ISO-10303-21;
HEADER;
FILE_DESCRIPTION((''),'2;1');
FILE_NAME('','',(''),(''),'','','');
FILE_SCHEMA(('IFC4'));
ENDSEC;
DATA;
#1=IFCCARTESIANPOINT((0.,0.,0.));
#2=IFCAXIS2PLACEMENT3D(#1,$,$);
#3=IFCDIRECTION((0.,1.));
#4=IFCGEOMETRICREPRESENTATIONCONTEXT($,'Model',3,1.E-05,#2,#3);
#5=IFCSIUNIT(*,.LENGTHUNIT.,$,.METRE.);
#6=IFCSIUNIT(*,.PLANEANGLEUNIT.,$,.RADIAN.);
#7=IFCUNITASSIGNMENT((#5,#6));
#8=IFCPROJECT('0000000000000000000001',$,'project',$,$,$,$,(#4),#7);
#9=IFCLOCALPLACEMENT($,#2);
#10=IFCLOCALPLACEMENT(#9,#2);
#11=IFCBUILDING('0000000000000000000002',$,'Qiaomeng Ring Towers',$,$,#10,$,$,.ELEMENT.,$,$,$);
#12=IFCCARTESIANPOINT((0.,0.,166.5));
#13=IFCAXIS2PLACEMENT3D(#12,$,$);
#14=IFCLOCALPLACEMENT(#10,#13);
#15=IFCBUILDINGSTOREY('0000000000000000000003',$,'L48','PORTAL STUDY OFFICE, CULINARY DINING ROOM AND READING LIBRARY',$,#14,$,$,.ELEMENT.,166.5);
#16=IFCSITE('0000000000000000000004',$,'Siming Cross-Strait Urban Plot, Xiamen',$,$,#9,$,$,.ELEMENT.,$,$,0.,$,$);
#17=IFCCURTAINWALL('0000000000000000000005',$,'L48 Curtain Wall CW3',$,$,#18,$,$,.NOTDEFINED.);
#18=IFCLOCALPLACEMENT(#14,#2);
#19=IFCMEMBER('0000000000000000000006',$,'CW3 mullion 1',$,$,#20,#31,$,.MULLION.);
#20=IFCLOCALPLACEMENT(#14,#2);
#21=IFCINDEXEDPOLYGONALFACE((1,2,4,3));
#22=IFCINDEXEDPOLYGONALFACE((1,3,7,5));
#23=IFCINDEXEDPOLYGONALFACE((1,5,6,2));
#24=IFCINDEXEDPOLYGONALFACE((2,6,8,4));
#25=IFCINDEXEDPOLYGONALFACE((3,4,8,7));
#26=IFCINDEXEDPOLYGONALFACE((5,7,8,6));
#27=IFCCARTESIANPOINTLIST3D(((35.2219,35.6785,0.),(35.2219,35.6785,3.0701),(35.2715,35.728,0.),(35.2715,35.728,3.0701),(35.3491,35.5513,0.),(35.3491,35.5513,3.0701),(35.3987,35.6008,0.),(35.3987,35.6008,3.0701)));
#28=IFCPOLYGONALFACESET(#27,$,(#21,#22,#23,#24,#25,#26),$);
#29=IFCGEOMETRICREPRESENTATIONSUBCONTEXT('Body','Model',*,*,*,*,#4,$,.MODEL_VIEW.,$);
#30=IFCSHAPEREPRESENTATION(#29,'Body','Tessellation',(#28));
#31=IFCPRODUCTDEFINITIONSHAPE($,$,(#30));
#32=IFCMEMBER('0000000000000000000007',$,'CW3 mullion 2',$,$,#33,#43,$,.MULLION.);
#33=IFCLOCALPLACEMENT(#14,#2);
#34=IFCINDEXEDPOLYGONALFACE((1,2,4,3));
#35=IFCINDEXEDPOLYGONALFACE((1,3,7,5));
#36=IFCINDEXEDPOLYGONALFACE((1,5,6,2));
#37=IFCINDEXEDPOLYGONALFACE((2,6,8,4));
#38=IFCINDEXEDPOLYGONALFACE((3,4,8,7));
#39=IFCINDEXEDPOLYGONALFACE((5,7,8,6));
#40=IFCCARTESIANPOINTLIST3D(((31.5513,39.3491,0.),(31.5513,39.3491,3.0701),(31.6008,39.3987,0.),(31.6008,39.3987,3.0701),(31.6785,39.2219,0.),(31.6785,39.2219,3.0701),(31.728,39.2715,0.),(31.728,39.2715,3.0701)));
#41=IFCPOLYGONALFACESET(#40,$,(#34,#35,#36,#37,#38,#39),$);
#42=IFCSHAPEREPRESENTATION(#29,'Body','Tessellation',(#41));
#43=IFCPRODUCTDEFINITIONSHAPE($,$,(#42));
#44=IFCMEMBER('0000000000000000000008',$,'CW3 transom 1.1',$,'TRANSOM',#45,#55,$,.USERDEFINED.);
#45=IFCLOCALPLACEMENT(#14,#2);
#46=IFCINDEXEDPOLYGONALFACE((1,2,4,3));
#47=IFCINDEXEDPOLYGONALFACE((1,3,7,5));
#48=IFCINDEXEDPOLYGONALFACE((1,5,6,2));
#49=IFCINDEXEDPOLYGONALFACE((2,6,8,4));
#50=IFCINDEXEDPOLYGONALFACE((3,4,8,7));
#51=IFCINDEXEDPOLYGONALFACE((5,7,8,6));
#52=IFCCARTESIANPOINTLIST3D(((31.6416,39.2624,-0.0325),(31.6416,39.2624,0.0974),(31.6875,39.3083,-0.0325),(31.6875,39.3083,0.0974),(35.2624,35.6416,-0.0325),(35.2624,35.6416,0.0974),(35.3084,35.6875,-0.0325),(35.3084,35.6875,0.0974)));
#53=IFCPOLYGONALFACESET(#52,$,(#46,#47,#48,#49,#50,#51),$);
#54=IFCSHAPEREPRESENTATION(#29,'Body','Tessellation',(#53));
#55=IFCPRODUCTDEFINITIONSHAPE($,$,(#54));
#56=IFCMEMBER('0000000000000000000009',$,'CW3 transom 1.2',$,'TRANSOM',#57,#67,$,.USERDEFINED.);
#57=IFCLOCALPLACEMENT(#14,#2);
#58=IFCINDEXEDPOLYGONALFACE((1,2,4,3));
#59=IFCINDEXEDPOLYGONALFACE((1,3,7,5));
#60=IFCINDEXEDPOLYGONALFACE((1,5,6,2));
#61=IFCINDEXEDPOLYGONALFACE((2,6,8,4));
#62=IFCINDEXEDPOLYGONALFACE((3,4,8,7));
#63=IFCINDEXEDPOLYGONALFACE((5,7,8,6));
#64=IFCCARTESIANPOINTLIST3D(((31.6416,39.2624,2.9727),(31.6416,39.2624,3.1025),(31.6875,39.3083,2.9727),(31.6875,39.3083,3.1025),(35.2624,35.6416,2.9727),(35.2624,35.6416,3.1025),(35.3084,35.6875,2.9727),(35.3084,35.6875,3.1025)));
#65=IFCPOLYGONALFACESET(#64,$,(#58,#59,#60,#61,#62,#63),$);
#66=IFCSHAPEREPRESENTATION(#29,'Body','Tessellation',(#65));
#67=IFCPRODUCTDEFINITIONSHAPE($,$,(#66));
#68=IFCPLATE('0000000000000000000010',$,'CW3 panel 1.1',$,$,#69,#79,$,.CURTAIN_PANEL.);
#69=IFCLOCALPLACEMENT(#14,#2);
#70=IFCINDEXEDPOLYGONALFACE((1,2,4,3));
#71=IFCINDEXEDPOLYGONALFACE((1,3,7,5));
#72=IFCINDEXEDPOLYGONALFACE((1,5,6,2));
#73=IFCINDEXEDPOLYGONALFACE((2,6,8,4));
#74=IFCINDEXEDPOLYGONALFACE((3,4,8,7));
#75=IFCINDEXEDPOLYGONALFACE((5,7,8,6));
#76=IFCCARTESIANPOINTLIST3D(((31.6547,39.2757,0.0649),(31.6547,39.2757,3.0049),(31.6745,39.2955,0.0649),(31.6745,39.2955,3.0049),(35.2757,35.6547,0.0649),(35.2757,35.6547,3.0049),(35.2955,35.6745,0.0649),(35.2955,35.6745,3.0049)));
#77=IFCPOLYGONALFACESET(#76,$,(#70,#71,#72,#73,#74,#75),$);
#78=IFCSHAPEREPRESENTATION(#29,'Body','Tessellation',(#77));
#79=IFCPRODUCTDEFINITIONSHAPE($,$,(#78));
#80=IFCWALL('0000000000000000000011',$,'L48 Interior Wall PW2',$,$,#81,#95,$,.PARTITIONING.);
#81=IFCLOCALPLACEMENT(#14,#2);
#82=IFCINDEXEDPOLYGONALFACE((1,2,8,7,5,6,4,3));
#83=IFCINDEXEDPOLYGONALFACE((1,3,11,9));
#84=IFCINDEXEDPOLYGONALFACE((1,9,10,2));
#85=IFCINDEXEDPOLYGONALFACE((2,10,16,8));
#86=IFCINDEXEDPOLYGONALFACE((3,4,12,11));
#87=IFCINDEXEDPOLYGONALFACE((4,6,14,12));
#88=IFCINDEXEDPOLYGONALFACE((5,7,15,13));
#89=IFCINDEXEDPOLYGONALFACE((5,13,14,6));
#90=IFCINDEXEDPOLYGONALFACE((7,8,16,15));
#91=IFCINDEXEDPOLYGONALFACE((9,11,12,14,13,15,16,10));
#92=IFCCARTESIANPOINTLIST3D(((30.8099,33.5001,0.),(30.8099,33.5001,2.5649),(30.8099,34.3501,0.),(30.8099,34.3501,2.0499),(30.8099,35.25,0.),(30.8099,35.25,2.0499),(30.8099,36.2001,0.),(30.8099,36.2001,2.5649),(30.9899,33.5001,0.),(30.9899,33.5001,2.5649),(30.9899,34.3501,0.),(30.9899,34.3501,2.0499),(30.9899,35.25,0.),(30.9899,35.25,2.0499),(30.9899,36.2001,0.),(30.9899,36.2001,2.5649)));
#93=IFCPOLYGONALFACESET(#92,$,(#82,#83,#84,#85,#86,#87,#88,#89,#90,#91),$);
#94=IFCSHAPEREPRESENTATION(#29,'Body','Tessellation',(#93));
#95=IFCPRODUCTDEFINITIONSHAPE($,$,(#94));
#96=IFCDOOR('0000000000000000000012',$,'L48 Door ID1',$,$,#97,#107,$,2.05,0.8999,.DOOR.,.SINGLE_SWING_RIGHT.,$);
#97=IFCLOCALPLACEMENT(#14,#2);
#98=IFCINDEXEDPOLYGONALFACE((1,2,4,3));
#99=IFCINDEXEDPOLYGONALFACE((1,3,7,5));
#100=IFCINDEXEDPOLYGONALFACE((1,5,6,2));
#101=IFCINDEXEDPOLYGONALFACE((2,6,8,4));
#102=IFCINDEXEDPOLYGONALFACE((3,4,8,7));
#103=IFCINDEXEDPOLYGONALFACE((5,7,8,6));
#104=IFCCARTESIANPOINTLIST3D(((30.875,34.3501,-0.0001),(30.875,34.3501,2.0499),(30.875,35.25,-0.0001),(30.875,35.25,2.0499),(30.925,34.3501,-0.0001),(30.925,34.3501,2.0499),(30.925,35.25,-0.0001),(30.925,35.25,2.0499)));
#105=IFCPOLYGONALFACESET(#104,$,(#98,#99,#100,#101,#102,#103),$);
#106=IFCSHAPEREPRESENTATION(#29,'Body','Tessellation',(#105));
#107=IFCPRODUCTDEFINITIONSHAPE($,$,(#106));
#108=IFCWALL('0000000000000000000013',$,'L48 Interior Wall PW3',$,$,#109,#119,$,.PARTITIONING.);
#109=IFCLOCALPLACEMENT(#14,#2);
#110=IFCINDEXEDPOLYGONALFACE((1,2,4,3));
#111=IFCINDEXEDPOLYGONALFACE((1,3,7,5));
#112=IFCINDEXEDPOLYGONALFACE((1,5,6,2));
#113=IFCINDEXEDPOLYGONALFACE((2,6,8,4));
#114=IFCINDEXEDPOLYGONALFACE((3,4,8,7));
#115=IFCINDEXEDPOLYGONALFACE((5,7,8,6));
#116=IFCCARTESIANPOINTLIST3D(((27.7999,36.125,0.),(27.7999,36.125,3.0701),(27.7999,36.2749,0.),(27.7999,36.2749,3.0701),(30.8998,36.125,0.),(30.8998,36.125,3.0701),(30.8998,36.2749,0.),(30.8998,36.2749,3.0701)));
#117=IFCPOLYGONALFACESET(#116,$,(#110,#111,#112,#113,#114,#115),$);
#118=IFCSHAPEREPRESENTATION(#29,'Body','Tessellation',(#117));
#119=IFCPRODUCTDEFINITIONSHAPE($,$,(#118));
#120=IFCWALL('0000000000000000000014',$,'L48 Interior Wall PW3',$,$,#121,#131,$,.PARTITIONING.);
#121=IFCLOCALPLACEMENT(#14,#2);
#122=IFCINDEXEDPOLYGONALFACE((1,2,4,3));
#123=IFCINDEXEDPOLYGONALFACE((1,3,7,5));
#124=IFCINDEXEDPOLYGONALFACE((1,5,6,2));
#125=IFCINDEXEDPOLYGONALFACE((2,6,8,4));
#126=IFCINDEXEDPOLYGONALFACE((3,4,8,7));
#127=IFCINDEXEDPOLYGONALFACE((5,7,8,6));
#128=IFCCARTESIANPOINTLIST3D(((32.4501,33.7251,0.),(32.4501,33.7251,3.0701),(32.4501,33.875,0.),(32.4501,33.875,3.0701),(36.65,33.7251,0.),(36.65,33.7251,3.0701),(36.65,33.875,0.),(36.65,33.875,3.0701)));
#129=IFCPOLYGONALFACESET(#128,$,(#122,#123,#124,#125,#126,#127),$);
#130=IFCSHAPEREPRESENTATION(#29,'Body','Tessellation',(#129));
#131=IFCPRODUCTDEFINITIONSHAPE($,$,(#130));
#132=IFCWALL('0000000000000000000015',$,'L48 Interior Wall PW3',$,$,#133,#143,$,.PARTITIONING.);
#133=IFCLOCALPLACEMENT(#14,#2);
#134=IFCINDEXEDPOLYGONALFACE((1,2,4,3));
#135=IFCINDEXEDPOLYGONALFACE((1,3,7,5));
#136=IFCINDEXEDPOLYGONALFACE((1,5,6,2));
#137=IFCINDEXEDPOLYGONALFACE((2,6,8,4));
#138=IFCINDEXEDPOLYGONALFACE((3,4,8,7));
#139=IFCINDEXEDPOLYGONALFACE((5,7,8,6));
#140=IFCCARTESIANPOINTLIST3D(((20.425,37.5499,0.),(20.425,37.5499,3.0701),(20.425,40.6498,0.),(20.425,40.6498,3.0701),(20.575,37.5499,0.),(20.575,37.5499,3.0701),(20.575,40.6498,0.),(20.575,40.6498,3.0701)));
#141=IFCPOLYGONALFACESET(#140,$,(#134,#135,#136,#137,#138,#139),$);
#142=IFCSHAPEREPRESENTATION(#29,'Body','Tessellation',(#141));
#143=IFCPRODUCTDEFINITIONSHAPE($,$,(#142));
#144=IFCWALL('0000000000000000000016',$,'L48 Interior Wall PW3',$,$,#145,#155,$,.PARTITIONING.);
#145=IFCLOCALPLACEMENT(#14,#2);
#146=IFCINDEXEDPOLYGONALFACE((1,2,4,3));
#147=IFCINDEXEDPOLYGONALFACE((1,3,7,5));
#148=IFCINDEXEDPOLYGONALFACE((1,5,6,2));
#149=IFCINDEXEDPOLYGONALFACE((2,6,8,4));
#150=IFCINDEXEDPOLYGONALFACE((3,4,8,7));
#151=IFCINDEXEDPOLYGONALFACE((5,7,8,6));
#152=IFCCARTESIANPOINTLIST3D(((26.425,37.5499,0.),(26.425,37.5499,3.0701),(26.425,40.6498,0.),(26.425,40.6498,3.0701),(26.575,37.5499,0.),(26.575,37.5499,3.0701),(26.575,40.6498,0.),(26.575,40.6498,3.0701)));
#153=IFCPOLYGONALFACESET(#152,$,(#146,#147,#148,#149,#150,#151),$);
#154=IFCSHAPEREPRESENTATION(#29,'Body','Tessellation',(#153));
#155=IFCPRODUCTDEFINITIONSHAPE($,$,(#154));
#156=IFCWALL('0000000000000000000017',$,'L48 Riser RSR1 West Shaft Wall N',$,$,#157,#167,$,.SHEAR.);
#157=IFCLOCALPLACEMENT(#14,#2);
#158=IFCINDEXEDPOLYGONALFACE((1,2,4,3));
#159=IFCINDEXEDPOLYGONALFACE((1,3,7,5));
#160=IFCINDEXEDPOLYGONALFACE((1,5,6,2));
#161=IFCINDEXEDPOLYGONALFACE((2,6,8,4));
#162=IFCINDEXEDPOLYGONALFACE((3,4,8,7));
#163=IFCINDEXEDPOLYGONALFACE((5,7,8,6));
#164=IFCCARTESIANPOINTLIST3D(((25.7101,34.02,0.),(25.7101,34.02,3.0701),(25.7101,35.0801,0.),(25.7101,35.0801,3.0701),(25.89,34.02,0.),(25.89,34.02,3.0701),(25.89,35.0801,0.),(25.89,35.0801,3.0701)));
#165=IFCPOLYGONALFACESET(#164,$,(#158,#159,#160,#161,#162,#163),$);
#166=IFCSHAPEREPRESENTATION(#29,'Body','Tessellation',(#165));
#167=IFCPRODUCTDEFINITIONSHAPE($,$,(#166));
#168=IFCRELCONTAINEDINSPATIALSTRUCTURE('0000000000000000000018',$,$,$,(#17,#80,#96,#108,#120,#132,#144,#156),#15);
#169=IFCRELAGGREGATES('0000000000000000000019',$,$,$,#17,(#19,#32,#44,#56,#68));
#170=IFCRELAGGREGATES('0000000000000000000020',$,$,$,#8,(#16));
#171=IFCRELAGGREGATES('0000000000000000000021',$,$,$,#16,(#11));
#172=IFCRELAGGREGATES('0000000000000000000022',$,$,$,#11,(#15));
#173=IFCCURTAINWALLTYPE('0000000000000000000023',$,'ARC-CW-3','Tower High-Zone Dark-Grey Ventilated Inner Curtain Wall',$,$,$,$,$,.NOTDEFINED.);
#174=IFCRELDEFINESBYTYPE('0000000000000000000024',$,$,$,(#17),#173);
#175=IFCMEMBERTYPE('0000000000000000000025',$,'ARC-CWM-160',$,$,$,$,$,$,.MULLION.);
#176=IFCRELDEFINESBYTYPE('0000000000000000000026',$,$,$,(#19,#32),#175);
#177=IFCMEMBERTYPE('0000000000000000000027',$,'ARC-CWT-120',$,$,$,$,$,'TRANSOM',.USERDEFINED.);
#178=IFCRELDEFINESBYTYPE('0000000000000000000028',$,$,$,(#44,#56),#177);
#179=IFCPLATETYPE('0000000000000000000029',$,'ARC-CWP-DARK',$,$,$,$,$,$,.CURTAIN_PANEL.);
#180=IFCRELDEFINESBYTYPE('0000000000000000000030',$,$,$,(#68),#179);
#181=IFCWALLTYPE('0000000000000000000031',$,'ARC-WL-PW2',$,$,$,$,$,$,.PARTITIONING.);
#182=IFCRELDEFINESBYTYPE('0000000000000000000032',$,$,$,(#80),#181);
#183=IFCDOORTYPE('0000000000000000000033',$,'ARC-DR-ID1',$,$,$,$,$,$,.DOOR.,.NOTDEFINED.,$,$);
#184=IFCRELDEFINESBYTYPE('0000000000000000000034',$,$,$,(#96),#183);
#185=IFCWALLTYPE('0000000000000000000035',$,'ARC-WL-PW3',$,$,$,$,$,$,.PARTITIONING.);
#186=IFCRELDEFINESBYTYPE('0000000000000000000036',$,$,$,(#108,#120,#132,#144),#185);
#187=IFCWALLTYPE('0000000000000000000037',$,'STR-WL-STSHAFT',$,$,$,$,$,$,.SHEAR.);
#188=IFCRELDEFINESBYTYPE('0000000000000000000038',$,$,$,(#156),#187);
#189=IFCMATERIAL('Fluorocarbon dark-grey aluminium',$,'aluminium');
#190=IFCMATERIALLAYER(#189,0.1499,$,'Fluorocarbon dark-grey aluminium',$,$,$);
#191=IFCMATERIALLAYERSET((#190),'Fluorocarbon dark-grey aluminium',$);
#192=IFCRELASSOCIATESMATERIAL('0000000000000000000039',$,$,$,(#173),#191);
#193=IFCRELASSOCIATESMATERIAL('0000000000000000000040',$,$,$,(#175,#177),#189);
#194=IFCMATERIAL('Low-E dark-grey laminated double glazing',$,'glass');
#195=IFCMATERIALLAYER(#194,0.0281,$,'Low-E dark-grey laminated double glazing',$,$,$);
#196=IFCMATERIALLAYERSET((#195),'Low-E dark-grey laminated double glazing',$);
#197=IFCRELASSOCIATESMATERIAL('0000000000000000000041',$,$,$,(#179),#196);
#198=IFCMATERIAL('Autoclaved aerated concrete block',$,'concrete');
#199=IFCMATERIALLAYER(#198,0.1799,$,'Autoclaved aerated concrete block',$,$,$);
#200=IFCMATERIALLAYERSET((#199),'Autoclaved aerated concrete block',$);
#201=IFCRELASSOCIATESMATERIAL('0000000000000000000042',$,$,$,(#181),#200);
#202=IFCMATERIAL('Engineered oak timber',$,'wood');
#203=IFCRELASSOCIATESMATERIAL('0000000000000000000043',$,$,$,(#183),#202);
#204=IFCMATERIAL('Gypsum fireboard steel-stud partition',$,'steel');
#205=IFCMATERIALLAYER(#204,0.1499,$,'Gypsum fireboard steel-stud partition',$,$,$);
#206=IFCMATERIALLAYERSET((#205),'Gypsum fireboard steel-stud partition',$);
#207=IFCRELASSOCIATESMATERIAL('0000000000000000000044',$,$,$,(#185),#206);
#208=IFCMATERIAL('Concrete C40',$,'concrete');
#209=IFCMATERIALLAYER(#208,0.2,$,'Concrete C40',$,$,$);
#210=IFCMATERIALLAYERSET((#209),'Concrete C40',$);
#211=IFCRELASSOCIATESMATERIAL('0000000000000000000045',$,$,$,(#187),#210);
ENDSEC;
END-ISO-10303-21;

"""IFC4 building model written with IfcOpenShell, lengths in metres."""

from ifc_helpers import new_model, si_unit, direction, frame, frame_2d, origin, origin_2d, place, context, subcontext, project, spatial, rectangle, extrude, source, transform, mapped, material, layer, layer_set, material_profile, profile_set, type_object, element, fill, aggregate, save


model = new_model("IFC4")

# Units and contexts
model_context = context("Model", 3, precision=1e-05, world=origin(), true_north=direction((0.0, 1.0)))
body_context = subcontext(model_context, "Body", "Model", "MODEL_VIEW")
ifc_project = project(units=[si_unit("LENGTHUNIT", "METRE"), si_unit("PLANEANGLEUNIT", "RADIAN")], contexts=[model_context])

# Site, building, storey
site_placement = place(None, origin())
site = spatial("IfcSite", under=ifc_project, at=site_placement, Name="Siming Cross-Strait Urban Plot, Xiamen", CompositionType="ELEMENT", RefElevation=0.0)
building_placement = place(site_placement, origin())
building = spatial("IfcBuilding", under=site, at=building_placement, Name="Qiaomeng Ring Towers", CompositionType="ELEMENT")
storey_placement = place(building_placement, frame((0.0, 0.0, 166.5)))
storey = spatial("IfcBuildingStorey", under=building, at=storey_placement, Name="L48", Description="PORTAL STUDY OFFICE, CULINARY DINING ROOM AND READING LIBRARY", CompositionType="ELEMENT", Elevation=166.5)

# Curtain wall, members, plate
ifc_material_1 = material(Name="Fluorocarbon dark-grey aluminium", Category="aluminium")
ifc_layer_1 = layer(ifc_material_1, 0.1499, Name="Fluorocarbon dark-grey aluminium")
ifc_layer_set_1 = layer_set([ifc_layer_1], Name="Fluorocarbon dark-grey aluminium")
curtain_wall_type = type_object("IfcCurtainWallType", Name="ARC-CW-3", Description="Tower High-Zone Dark-Grey Ventilated Inner Curtain Wall", PredefinedType="NOTDEFINED", material=ifc_layer_set_1)
curtain_wall_placement = place(storey_placement, origin())
curtain_wall = element("IfcCurtainWall", 1, at=curtain_wall_placement, inside=storey, type_object=curtain_wall_type, Name="L48 Curtain Wall CW3", PredefinedType="NOTDEFINED")
ifc_material_profile_1 = material_profile(ifc_material_1, rectangle(XDim=0.0701, YDim=0.1799, at=origin_2d()), Name="ALU MULL 70x180")
ifc_profile_set_1 = profile_set([ifc_material_profile_1], Name="Fluorocarbon dark-grey aluminium")
member_type_1 = type_object("IfcMemberType", Name="ARC-CWM-160", PredefinedType="MULLION", material=ifc_profile_set_1)
shared_shape_1 = source(origin(), body_context, "Body", "SweptSolid", [
    extrude(rectangle(XDim=0.0701, YDim=0.1799, at=origin_2d()), origin(), (0.0, 0.0, 1.0), 3.0701),
])
member_1_placement = place(storey_placement, frame((35.3103, 35.6396, 0.0), z_axis=(0.0, 0.0, 1.0), x_axis=(-0.707107, -0.707107, 0.0)))
member_1 = element("IfcMember", 2, at=member_1_placement, type_object=member_type_1, Name="CW3 mullion 1", PredefinedType="MULLION", context=body_context, shape_type="MappedRepresentation", body=[
    mapped(shared_shape_1, transform((0.0, 0.0, 0.0), x_axis=(1.0, 0.0, 0.0), y_axis=(0.0, 1.0, 0.0), z_axis=(0.0, 0.0, 1.0), scale=1.0)),
])
member_2_placement = place(storey_placement, frame((31.6396, 39.3103, 0.0), z_axis=(0.0, 0.0, 1.0), x_axis=(-0.707107, -0.707107, 0.0)))
member_2 = element("IfcMember", 3, at=member_2_placement, type_object=member_type_1, Name="CW3 mullion 2", PredefinedType="MULLION", context=body_context, shape_type="MappedRepresentation", body=[
    mapped(shared_shape_1, transform((0.0, 0.0, 0.0), x_axis=(1.0, 0.0, 0.0), y_axis=(0.0, 1.0, 0.0), z_axis=(0.0, 0.0, 1.0), scale=1.0)),
])
ifc_material_profile_2 = material_profile(ifc_material_1, rectangle(XDim=0.0649, YDim=0.1299, at=origin_2d()), Name="ALU TRAN 65x130")
ifc_profile_set_2 = profile_set([ifc_material_profile_2], Name="Fluorocarbon dark-grey aluminium")
member_type_2 = type_object("IfcMemberType", Name="ARC-CWT-120", ElementType="TRANSOM", PredefinedType="USERDEFINED", material=ifc_profile_set_2)
shared_shape_2 = source(origin(), body_context, "Body", "SweptSolid", [
    extrude(rectangle(XDim=0.0649, YDim=0.1299, at=origin_2d()), origin(), (0.0, 0.0, 1.0), 5.1206),
])
member_3_placement = place(storey_placement, frame((35.2854, 35.6646, 0.0325), z_axis=(-0.707107, 0.707107, 0.0), x_axis=(-0.707107, -0.707107, 0.0)))
member_3 = element("IfcMember", 4, at=member_3_placement, type_object=member_type_2, Name="CW3 transom 1.1", ObjectType="TRANSOM", PredefinedType="USERDEFINED", context=body_context, shape_type="MappedRepresentation", body=[
    mapped(shared_shape_2, transform((0.0, 0.0, 0.0), x_axis=(1.0, 0.0, 0.0), y_axis=(0.0, 1.0, 0.0), z_axis=(0.0, 0.0, 1.0), scale=1.0)),
])
member_4_placement = place(storey_placement, frame((35.2854, 35.6646, 3.0376), z_axis=(-0.707107, 0.707107, 0.0), x_axis=(-0.707107, -0.707107, 0.0)))
member_4 = element("IfcMember", 5, at=member_4_placement, type_object=member_type_2, Name="CW3 transom 1.2", ObjectType="TRANSOM", PredefinedType="USERDEFINED", context=body_context, shape_type="MappedRepresentation", body=[
    mapped(shared_shape_2, transform((0.0, 0.0, 0.0), x_axis=(1.0, 0.0, 0.0), y_axis=(0.0, 1.0, 0.0), z_axis=(0.0, 0.0, 1.0), scale=1.0)),
])
ifc_material_2 = material(Name="Low-E dark-grey laminated double glazing", Category="glass")
ifc_layer_2 = layer(ifc_material_2, 0.0281, Name="Low-E dark-grey laminated double glazing")
ifc_layer_set_2 = layer_set([ifc_layer_2], Name="Low-E dark-grey laminated double glazing")
plate_type = type_object("IfcPlateType", Name="ARC-CWP-DARK", PredefinedType="CURTAIN_PANEL", material=ifc_layer_set_2)
shared_shape_3 = source(origin(), body_context, "Body", "SweptSolid", [
    extrude(rectangle(XDim=5.1208, YDim=0.0281, at=origin_2d()), origin(), (0.0, 0.0, 1.0), 2.9399),
])
plate_placement = place(storey_placement, frame((33.4751, 37.4751, 0.0649), z_axis=(0.0, 0.0, 1.0), x_axis=(-0.707107, 0.707107, 0.0)))
plate = element("IfcPlate", 6, at=plate_placement, type_object=plate_type, Name="CW3 panel 1.1", PredefinedType="CURTAIN_PANEL", context=body_context, shape_type="MappedRepresentation", body=[
    mapped(shared_shape_3, transform((0.0, 0.0, 0.0), x_axis=(1.0, 0.0, 0.0), y_axis=(0.0, 1.0, 0.0), z_axis=(0.0, 0.0, 1.0), scale=1.0)),
])
aggregate(curtain_wall, [member_1, member_2, member_3, member_4, plate])

# Wall, opening, door
ifc_material_3 = material(Name="Autoclaved aerated concrete block", Category="concrete")
ifc_layer_3 = layer(ifc_material_3, 0.1799, Name="Autoclaved aerated concrete block")
ifc_layer_set_3 = layer_set([ifc_layer_3], Name="Autoclaved aerated concrete block")
wall_type_1 = type_object("IfcWallType", Name="ARC-WL-PW2", PredefinedType="PARTITIONING", material=ifc_layer_set_3)
wall_1_placement = place(storey_placement, frame((30.8999, 33.5, 0.0), z_axis=(0.0, 0.0, 1.0), x_axis=(0.0, 1.0, 0.0)))
wall_1 = element("IfcWall", 7, at=wall_1_placement, inside=storey, type_object=wall_type_1, Name="L48 Interior Wall PW2", PredefinedType="PARTITIONING", context=body_context, shape_type="SweptSolid", body=[
    extrude(rectangle(XDim=2.7, YDim=0.1799, at=frame_2d((1.3501, 0.0))), origin(), (0.0, 0.0, 1.0), 2.5649),
])
opening_placement = place(wall_1_placement, frame((0.8501, 0.0, 0.0)))
opening = element("IfcOpeningElement", 8, at=opening_placement, cuts=wall_1, PredefinedType="OPENING", context=body_context, shape_type="SweptSolid", body=[
    extrude(rectangle(XDim=0.8999, YDim=2.05, at=frame_2d((0.45, 1.0249))), frame((0.0, 0.0999, 0.0), z_axis=(0.0, -1.0, 0.0), x_axis=(1.0, 0.0, 0.0)), (0.0, 0.0, 1.0), 0.2),
])
ifc_material_4 = material(Name="Engineered oak timber", Category="wood")
door_type = type_object("IfcDoorType", Name="ARC-DR-ID1", OperationType="NOTDEFINED", PredefinedType="DOOR", material=ifc_material_4)
shared_shape_4 = source(origin(), body_context, "Body", "SweptSolid", [
    extrude(rectangle(XDim=0.8999, YDim=2.05, at=frame_2d((0.45, 1.0249))), frame((0.0, 0.0249, 0.0), z_axis=(0.0, -1.0, 0.0), x_axis=(1.0, 0.0, 0.0)), (0.0, 0.0, 1.0), 0.05),
])
door_placement = place(opening_placement, origin())
door = element("IfcDoor", 9, at=door_placement, inside=storey, type_object=door_type, Name="L48 Door ID1", OperationType="SINGLE_SWING_RIGHT", OverallHeight=2.05, OverallWidth=0.8999, PredefinedType="DOOR", context=body_context, shape_type="MappedRepresentation", body=[
    mapped(shared_shape_4, transform((0.0, 0.0, 0.0), x_axis=(1.0, 0.0, 0.0), y_axis=(0.0, 1.0, 0.0), z_axis=(0.0, 0.0, 1.0), scale=1.0)),
])
fill(opening, door)

# Walls
ifc_material_5 = material(Name="Gypsum fireboard steel-stud partition", Category="steel")
ifc_layer_4 = layer(ifc_material_5, 0.1499, Name="Gypsum fireboard steel-stud partition")
ifc_layer_set_4 = layer_set([ifc_layer_4], Name="Gypsum fireboard steel-stud partition")
wall_type_2 = type_object("IfcWallType", Name="ARC-WL-PW3", PredefinedType="PARTITIONING", material=ifc_layer_set_4)
wall_2_placement = place(storey_placement, frame((27.8, 36.2, 0.0), z_axis=(0.0, 0.0, 1.0), x_axis=(1.0, 0.0, 0.0)))
element("IfcWall", 10, at=wall_2_placement, inside=storey, type_object=wall_type_2, Name="L48 Interior Wall PW3", PredefinedType="PARTITIONING", context=body_context, shape_type="SweptSolid", body=[
    extrude(rectangle(XDim=3.0999, YDim=0.1499, at=frame_2d((1.5498, 0.0))), origin(), (0.0, 0.0, 1.0), 3.0701),
])
wall_3_placement = place(storey_placement, frame((32.45, 33.8, 0.0), z_axis=(0.0, 0.0, 1.0), x_axis=(1.0, 0.0, 0.0)))
element("IfcWall", 11, at=wall_3_placement, inside=storey, type_object=wall_type_2, Name="L48 Interior Wall PW3", PredefinedType="PARTITIONING", context=body_context, shape_type="SweptSolid", body=[
    extrude(rectangle(XDim=4.2, YDim=0.1499, at=frame_2d((2.1001, 0.0))), origin(), (0.0, 0.0, 1.0), 3.0701),
])
for number, where, z_axis, x_axis, name in (
    (12, (20.5, 37.55, 0.0), (0.0, 0.0, 1.0), (0.0, 1.0, 0.0), "L48 Interior Wall PW3"),
    (13, (26.5, 37.55, 0.0), (0.0, 0.0, 1.0), (0.0, 1.0, 0.0), "L48 Interior Wall PW3"),
):
    element("IfcWall", number, at=place(storey_placement, frame(where, z_axis=z_axis, x_axis=x_axis)), inside=storey, type_object=wall_type_2, Name=name, PredefinedType="PARTITIONING", context=body_context, shape_type="SweptSolid", body=[
        extrude(rectangle(XDim=3.0999, YDim=0.1499, at=frame_2d((1.5498, 0.0))), origin(), (0.0, 0.0, 1.0), 3.0701),
    ])
ifc_material_6 = material(Name="Concrete C40", Category="concrete")
ifc_layer_5 = layer(ifc_material_6, 0.2, Name="Concrete C40")
ifc_layer_set_5 = layer_set([ifc_layer_5], Name="Concrete C40")
wall_type_3 = type_object("IfcWallType", Name="STR-WL-STSHAFT", PredefinedType="SHEAR", material=ifc_layer_set_5)
wall_4_placement = place(storey_placement, frame((25.8, 34.02, 0.0), z_axis=(0.0, 0.0, 1.0), x_axis=(0.0, 1.0, 0.0)))
element("IfcWall", 14, at=wall_4_placement, inside=storey, type_object=wall_type_3, Name="L48 Riser RSR1 West Shaft Wall N", PredefinedType="SHEAR", context=body_context, shape_type="SweptSolid", body=[
    extrude(rectangle(XDim=1.0601, YDim=0.1799, at=frame_2d((0.53, 0.0))), origin(), (0.0, 0.0, 1.0), 3.0701),
])

save(model, "model.ifc")
